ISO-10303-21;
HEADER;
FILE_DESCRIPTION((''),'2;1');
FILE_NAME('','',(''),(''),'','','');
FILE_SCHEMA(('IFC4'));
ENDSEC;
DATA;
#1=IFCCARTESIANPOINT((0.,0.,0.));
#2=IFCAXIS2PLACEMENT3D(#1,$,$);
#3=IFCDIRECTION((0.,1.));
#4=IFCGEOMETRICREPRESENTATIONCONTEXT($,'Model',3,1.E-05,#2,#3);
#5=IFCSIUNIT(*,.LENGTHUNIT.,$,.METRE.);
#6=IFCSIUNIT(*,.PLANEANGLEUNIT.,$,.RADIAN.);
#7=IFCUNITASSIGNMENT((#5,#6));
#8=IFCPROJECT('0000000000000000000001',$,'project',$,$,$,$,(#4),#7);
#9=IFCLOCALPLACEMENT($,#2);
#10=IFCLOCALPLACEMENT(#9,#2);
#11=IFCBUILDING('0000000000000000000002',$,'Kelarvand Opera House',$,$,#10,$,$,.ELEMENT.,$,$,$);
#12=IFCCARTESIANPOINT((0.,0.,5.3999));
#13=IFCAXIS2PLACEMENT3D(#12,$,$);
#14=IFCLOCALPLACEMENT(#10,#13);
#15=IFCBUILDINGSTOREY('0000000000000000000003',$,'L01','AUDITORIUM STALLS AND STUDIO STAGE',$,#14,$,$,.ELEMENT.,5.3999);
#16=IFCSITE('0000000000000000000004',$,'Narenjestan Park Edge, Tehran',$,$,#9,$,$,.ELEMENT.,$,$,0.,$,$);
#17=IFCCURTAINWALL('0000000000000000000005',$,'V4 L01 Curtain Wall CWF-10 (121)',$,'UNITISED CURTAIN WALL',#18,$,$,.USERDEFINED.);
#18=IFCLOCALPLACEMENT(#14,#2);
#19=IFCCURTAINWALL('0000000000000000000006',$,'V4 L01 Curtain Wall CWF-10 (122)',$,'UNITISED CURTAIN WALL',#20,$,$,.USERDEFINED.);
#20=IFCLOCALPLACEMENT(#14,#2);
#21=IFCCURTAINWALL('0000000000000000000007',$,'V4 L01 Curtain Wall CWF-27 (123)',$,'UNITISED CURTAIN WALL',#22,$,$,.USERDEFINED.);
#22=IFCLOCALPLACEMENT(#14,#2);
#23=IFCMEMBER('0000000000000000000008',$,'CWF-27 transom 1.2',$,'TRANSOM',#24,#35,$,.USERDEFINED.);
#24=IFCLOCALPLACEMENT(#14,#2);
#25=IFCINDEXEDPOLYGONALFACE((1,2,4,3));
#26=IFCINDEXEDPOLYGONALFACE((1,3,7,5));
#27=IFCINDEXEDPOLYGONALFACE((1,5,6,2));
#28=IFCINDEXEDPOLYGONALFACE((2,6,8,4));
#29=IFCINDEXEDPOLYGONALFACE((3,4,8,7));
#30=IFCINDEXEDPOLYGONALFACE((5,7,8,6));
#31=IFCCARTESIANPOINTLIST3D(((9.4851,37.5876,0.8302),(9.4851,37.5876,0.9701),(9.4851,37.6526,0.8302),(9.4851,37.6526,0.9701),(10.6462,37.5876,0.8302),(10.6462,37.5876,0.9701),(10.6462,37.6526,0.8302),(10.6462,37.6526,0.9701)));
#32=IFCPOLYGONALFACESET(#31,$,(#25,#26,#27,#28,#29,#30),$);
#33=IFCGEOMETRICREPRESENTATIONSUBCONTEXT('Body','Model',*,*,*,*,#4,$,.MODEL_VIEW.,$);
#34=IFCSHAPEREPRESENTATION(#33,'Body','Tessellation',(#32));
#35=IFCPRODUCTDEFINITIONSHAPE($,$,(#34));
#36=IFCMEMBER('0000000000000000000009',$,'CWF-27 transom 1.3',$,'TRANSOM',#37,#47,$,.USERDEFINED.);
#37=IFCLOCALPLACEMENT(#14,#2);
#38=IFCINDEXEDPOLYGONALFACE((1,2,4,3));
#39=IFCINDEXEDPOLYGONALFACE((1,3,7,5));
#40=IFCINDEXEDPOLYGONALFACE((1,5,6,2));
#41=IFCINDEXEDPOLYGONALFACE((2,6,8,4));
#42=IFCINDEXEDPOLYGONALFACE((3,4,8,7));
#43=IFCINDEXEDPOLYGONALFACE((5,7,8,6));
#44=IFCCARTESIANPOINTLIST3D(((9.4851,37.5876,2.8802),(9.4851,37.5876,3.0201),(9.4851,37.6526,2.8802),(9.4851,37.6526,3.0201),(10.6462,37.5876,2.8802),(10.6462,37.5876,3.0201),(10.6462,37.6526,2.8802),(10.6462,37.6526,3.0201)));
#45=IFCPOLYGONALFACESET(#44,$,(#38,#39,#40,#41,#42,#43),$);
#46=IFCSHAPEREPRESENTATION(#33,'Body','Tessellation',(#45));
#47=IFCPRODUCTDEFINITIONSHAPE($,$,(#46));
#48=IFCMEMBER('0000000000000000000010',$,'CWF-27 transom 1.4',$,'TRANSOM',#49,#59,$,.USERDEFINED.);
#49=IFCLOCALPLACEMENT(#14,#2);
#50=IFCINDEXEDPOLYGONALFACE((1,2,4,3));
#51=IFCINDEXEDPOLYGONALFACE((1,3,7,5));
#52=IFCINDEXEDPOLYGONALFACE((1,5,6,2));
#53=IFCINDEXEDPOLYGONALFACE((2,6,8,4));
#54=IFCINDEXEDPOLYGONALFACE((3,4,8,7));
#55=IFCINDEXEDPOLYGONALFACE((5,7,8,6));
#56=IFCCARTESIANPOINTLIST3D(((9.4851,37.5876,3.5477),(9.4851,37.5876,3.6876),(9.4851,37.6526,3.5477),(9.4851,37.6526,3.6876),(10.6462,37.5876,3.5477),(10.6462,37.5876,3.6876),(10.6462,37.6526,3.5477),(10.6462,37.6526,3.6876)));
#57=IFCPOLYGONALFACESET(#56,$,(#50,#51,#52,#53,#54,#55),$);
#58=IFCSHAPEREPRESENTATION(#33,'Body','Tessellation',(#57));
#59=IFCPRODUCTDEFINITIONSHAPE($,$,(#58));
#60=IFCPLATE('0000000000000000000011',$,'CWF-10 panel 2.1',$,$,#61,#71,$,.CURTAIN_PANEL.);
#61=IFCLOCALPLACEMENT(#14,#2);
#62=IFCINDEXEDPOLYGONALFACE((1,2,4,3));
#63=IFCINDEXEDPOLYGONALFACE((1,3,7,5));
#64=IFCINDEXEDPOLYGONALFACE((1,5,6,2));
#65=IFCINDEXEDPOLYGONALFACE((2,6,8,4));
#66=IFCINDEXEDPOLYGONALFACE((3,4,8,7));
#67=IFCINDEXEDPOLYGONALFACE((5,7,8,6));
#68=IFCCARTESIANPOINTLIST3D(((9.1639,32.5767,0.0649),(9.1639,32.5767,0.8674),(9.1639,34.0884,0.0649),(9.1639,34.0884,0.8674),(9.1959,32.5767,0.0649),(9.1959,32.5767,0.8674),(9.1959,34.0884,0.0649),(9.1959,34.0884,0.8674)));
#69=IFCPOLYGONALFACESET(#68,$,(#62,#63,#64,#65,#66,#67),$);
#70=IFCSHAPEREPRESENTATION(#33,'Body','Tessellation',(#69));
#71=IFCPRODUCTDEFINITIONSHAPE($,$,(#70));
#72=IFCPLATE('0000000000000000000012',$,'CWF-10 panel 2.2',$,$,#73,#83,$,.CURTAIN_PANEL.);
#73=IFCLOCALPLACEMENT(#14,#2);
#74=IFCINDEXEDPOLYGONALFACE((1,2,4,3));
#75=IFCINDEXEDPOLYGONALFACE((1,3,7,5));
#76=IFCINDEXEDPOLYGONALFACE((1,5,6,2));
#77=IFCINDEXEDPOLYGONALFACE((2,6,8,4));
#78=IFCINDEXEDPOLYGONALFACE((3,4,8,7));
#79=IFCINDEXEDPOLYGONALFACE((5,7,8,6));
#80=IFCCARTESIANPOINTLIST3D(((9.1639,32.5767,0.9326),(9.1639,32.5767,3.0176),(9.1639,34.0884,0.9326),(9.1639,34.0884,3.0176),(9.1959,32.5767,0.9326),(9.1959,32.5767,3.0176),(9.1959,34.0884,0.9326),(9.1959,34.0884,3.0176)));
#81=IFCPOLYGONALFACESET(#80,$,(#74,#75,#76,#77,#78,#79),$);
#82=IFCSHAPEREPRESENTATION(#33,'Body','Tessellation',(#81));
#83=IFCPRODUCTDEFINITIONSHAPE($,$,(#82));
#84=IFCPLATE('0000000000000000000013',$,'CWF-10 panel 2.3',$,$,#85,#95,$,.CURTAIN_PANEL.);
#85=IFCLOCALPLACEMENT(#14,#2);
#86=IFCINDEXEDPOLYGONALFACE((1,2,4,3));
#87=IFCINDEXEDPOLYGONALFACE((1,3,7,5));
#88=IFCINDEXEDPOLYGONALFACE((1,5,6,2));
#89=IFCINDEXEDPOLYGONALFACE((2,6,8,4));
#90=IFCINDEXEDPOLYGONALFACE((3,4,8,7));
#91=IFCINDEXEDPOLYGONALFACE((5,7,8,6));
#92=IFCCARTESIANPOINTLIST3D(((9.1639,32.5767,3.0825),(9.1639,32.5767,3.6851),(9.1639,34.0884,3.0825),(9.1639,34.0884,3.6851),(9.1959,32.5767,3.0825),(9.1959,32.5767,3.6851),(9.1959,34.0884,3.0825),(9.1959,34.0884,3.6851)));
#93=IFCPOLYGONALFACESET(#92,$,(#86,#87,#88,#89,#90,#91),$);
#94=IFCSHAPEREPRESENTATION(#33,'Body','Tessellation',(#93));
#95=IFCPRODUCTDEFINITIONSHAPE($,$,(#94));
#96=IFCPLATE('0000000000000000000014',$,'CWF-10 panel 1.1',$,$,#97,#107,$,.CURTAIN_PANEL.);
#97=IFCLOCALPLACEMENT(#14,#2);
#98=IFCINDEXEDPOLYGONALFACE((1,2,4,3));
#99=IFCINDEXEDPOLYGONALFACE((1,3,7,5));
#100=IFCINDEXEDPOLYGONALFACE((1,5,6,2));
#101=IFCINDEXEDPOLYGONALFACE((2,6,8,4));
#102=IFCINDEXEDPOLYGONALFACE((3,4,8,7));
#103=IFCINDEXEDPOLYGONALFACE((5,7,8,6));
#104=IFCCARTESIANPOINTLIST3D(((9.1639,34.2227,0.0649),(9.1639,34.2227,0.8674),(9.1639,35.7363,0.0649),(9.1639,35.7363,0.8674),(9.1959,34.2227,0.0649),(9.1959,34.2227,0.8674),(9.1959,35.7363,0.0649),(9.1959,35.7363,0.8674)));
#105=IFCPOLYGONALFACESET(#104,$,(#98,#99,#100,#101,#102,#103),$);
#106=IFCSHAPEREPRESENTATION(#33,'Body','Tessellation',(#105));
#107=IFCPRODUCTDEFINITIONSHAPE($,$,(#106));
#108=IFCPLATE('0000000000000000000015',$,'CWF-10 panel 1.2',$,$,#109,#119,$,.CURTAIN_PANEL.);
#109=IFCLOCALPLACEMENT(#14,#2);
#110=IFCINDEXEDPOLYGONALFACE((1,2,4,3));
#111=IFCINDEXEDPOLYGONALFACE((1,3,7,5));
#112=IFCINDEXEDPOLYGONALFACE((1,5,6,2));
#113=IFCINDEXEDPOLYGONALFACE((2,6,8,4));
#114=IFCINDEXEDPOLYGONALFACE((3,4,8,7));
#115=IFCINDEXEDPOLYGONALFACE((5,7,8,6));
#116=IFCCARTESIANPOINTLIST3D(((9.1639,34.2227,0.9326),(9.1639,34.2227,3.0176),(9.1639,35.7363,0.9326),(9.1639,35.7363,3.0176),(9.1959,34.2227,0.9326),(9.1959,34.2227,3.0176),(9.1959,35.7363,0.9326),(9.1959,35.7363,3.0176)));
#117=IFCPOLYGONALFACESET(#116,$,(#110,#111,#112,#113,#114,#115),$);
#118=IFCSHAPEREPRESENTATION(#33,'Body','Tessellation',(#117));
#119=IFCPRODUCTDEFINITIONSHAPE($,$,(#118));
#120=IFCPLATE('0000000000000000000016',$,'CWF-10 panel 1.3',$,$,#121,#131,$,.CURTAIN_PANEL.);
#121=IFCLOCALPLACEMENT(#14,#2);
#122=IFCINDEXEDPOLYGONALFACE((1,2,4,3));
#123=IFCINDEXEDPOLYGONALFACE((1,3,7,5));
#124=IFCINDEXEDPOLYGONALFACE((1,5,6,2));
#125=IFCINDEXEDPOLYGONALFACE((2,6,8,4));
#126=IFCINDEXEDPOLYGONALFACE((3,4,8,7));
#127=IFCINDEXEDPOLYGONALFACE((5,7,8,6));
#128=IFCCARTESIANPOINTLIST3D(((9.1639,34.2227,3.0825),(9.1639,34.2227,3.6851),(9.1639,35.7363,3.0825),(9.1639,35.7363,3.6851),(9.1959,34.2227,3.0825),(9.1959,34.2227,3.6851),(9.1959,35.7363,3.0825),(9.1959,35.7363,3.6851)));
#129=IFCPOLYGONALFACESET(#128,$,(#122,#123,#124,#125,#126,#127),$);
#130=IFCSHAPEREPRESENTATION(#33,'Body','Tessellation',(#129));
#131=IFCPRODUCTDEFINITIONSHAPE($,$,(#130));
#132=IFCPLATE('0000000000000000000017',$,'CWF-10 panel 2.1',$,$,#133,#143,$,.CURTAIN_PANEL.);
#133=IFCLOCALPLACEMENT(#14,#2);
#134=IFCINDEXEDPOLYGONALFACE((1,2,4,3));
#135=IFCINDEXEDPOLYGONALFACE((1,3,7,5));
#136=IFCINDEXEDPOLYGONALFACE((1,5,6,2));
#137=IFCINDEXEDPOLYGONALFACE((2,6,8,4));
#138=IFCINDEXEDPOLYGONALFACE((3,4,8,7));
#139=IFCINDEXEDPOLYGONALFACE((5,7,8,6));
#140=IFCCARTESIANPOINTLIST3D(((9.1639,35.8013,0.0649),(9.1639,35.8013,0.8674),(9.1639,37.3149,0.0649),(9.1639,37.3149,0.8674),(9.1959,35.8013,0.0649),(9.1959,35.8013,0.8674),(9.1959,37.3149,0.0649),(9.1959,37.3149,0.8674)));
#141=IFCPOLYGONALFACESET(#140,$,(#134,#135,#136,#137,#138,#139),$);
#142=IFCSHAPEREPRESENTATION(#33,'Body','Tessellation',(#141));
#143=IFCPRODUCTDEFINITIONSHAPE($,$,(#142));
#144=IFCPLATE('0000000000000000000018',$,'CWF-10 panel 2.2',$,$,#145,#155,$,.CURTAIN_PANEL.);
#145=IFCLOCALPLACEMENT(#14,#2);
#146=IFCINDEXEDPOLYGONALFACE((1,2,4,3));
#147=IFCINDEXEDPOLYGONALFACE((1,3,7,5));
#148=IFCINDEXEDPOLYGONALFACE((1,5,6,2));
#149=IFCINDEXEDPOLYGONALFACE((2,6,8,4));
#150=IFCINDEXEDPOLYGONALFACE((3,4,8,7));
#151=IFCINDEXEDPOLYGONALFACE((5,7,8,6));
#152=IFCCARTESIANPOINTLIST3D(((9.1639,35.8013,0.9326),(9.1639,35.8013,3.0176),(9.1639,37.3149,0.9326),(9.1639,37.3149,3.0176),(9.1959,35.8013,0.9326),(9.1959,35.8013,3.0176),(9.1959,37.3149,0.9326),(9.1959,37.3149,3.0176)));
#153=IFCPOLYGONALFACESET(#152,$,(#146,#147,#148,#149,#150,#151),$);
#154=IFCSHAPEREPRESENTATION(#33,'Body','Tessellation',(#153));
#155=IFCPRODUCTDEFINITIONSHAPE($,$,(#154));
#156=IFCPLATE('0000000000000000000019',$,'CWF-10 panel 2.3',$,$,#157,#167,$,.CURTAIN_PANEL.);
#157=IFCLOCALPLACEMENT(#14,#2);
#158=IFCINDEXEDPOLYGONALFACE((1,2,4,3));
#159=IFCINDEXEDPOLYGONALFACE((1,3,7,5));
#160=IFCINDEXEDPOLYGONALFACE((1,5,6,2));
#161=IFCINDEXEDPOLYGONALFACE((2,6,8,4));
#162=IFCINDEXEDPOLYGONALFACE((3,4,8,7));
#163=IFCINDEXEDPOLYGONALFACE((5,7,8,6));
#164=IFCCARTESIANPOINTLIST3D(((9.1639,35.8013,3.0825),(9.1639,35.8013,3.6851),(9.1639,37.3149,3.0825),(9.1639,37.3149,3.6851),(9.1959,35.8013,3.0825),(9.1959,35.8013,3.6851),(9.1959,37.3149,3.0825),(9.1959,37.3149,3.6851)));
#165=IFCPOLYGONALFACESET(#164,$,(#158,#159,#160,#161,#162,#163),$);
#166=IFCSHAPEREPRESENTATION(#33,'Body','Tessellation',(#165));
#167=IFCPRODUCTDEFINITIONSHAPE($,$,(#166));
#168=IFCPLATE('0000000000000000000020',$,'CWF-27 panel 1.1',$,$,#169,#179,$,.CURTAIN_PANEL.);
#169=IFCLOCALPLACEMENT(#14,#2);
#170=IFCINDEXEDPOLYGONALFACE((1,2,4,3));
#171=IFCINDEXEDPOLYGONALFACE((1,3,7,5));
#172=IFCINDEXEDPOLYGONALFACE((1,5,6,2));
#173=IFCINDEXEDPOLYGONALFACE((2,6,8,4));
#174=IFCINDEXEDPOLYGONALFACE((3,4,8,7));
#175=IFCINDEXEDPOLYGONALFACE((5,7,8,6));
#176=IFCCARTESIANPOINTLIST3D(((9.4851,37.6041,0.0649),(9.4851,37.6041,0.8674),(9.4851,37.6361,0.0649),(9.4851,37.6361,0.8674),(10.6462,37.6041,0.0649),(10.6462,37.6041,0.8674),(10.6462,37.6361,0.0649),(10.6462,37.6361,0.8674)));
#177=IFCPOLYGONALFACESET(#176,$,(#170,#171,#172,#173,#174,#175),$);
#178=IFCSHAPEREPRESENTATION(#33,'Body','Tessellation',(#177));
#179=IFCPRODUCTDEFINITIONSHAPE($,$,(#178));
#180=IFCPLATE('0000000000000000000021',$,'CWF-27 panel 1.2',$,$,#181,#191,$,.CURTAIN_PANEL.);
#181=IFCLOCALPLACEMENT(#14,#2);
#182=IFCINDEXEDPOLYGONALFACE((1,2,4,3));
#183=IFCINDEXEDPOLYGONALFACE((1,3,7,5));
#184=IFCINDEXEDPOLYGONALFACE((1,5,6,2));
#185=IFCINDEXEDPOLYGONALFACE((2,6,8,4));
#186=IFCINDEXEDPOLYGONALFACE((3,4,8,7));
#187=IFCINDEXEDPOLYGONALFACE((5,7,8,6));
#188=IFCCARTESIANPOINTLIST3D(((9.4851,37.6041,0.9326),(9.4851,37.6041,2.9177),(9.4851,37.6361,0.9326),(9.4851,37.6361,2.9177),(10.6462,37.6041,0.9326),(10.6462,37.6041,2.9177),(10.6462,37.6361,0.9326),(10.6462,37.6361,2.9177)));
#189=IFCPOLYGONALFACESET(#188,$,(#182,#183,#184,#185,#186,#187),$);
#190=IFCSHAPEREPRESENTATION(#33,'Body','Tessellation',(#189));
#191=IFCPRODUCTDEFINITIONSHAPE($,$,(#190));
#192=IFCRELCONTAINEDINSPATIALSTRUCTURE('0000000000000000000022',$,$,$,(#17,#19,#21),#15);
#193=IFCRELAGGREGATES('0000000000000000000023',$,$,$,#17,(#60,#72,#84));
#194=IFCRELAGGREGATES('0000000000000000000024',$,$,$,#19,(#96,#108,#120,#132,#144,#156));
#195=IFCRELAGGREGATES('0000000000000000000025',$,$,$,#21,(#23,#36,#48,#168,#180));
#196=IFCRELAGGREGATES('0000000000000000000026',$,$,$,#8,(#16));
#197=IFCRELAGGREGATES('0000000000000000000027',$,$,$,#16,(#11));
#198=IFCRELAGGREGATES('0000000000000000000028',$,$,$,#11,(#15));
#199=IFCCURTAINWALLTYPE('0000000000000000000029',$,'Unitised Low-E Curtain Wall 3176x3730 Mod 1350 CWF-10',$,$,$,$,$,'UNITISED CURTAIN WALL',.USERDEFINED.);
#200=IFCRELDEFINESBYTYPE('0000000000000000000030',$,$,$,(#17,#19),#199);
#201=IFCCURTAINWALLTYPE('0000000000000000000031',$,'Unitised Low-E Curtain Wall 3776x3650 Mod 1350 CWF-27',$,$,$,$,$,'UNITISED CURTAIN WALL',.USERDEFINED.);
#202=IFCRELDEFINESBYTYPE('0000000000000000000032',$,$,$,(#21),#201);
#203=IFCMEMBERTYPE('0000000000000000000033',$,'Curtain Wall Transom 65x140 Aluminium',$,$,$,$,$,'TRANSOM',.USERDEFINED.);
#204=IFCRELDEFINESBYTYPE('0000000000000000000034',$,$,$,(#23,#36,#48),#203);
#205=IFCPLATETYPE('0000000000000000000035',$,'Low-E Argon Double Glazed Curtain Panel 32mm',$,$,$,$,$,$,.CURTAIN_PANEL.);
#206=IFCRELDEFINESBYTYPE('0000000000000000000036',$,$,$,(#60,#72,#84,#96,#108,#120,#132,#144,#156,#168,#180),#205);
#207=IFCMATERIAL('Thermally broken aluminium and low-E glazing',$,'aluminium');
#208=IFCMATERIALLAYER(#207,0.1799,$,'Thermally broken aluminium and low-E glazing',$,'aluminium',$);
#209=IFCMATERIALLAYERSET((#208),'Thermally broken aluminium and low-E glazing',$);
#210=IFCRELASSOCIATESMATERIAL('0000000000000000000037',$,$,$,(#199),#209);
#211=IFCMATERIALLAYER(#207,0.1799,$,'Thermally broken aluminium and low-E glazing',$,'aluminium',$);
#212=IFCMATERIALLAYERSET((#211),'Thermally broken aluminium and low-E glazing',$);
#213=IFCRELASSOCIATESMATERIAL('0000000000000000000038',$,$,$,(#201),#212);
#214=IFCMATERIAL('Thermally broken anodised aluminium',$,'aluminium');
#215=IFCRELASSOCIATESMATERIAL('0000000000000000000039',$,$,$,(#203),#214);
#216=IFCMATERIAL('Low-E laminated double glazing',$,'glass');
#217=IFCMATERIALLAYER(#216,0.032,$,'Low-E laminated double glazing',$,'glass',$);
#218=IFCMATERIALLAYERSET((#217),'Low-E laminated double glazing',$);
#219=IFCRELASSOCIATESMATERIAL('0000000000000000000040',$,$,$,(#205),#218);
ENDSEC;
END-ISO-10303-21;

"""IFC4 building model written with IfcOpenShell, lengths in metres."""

from ifc_helpers import new_model, si_unit, direction, frame, origin, origin_2d, place, context, subcontext, project, spatial, rectangle, extrude, material, layer, layer_set, material_profile, profile_set, type_object, element, aggregate, save


model = new_model("IFC4")

# Units and contexts
model_context = context("Model", 3, precision=1e-05, world=origin(), true_north=direction((0.0, 1.0)))
body_context = subcontext(model_context, "Body", "Model", "MODEL_VIEW")
ifc_project = project(units=[si_unit("LENGTHUNIT", "METRE"), si_unit("PLANEANGLEUNIT", "RADIAN")], contexts=[model_context])

# Site, building, storey
site_placement = place(None, origin())
site = spatial("IfcSite", under=ifc_project, at=site_placement, Name="Narenjestan Park Edge, Tehran", CompositionType="ELEMENT", RefElevation=0.0)
building_placement = place(site_placement, origin())
building = spatial("IfcBuilding", under=site, at=building_placement, Name="Kelarvand Opera House", CompositionType="ELEMENT")
storey_placement = place(building_placement, frame((0.0, 0.0, 5.3999)))
storey = spatial("IfcBuildingStorey", under=building, at=storey_placement, Name="L01", Description="AUDITORIUM STALLS AND STUDIO STAGE", CompositionType="ELEMENT", Elevation=5.3999)

# Curtain wall
ifc_material_1 = material(Name="Thermally broken aluminium and low-E glazing", Category="aluminium")
ifc_layer_1 = layer(ifc_material_1, 0.1799, Name="Thermally broken aluminium and low-E glazing", Category="aluminium")
ifc_layer_set_1 = layer_set([ifc_layer_1], Name="Thermally broken aluminium and low-E glazing")
curtain_wall_type_1 = type_object("IfcCurtainWallType", Name="Unitised Low-E Curtain Wall 3176x3730 Mod 1350 CWF-10", ElementType="UNITISED CURTAIN WALL", PredefinedType="USERDEFINED", material=ifc_layer_set_1)
curtain_wall_1_placement = place(storey_placement, origin())
curtain_wall_1 = element("IfcCurtainWall", 1, at=curtain_wall_1_placement, inside=storey, type_object=curtain_wall_type_1, Name="V4 L01 Curtain Wall CWF-10 (121)", ObjectType="UNITISED CURTAIN WALL", PredefinedType="USERDEFINED")
ifc_material_2 = material(Name="Thermally broken anodised aluminium", Category="aluminium")

# Curtain wall
curtain_wall_2_placement = place(storey_placement, origin())
curtain_wall_2 = element("IfcCurtainWall", 2, at=curtain_wall_2_placement, inside=storey, type_object=curtain_wall_type_1, Name="V4 L01 Curtain Wall CWF-10 (122)", ObjectType="UNITISED CURTAIN WALL", PredefinedType="USERDEFINED")

# Curtain wall
ifc_layer_2 = layer(ifc_material_1, 0.1799, Name="Thermally broken aluminium and low-E glazing", Category="aluminium")
ifc_layer_set_2 = layer_set([ifc_layer_2], Name="Thermally broken aluminium and low-E glazing")
curtain_wall_type_2 = type_object("IfcCurtainWallType", Name="Unitised Low-E Curtain Wall 3776x3650 Mod 1350 CWF-27", ElementType="UNITISED CURTAIN WALL", PredefinedType="USERDEFINED", material=ifc_layer_set_2)
curtain_wall_3_placement = place(storey_placement, origin())
curtain_wall_3 = element("IfcCurtainWall", 3, at=curtain_wall_3_placement, inside=storey, type_object=curtain_wall_type_2, Name="V4 L01 Curtain Wall CWF-27 (123)", ObjectType="UNITISED CURTAIN WALL", PredefinedType="USERDEFINED")

# Members
ifc_material_profile_1 = material_profile(ifc_material_2, rectangle(XDim=0.0649, YDim=0.1399, at=origin_2d()), Name="ALU TRANSOM 65x140", Category="aluminium")
ifc_profile_set_1 = profile_set([ifc_material_profile_1], Name="Thermally broken anodised aluminium")
member_type_1 = type_object("IfcMemberType", Name="Curtain Wall Transom 65x140 Aluminium", ElementType="TRANSOM", PredefinedType="USERDEFINED", material=ifc_profile_set_1)
member_1_placement = place(storey_placement, frame((9.4851, 37.6201, 0.9001), z_axis=(1.0, 0.0, 0.0), x_axis=(0.0, 1.0, 0.0)))
member_1 = element("IfcMember", 4, at=member_1_placement, type_object=member_type_1, Name="CWF-27 transom 1.2", ObjectType="TRANSOM", PredefinedType="USERDEFINED", context=body_context, shape_type="SweptSolid", body=[
    extrude(rectangle(XDim=0.0649, YDim=0.1399, at=origin_2d()), origin(), (0.0, 0.0, 1.0), 1.1611),
])
member_2_placement = place(storey_placement, frame((9.4851, 37.6201, 2.9502), z_axis=(1.0, 0.0, 0.0), x_axis=(0.0, 1.0, 0.0)))
member_2 = element("IfcMember", 5, at=member_2_placement, type_object=member_type_1, Name="CWF-27 transom 1.3", ObjectType="TRANSOM", PredefinedType="USERDEFINED", context=body_context, shape_type="SweptSolid", body=[
    extrude(rectangle(XDim=0.0649, YDim=0.1399, at=origin_2d()), origin(), (0.0, 0.0, 1.0), 1.1611),
])
member_3_placement = place(storey_placement, frame((9.4851, 37.6201, 3.6177), z_axis=(1.0, 0.0, 0.0), x_axis=(0.0, 1.0, 0.0)))
member_3 = element("IfcMember", 6, at=member_3_placement, type_object=member_type_1, Name="CWF-27 transom 1.4", ObjectType="TRANSOM", PredefinedType="USERDEFINED", context=body_context, shape_type="SweptSolid", body=[
    extrude(rectangle(XDim=0.0649, YDim=0.1399, at=origin_2d()), origin(), (0.0, 0.0, 1.0), 1.1611),
])

# Plates
ifc_material_3 = material(Name="Low-E laminated double glazing", Category="glass")
ifc_layer_3 = layer(ifc_material_3, 0.032, Name="Low-E laminated double glazing", Category="glass")
ifc_layer_set_3 = layer_set([ifc_layer_3], Name="Low-E laminated double glazing")
plate_type = type_object("IfcPlateType", Name="Low-E Argon Double Glazed Curtain Panel 32mm", PredefinedType="CURTAIN_PANEL", material=ifc_layer_set_3)
plate_1_placement = place(storey_placement, frame((9.1799, 33.3325, 0.0649), z_axis=(0.0, 0.0, 1.0), x_axis=(0.0, 1.0, 0.0)))
plate_1 = element("IfcPlate", 7, at=plate_1_placement, type_object=plate_type, Name="CWF-10 panel 2.1", PredefinedType="CURTAIN_PANEL", context=body_context, shape_type="SweptSolid", body=[
    extrude(rectangle(XDim=1.5117, YDim=0.032, at=origin_2d()), origin(), (0.0, 0.0, 1.0), 0.8025),
])
plate_2_placement = place(storey_placement, frame((9.1799, 33.3325, 0.9326), z_axis=(0.0, 0.0, 1.0), x_axis=(0.0, 1.0, 0.0)))
plate_2 = element("IfcPlate", 8, at=plate_2_placement, type_object=plate_type, Name="CWF-10 panel 2.2", PredefinedType="CURTAIN_PANEL", context=body_context, shape_type="SweptSolid", body=[
    extrude(rectangle(XDim=1.5117, YDim=0.032, at=origin_2d()), origin(), (0.0, 0.0, 1.0), 2.085),
])
plate_3_placement = place(storey_placement, frame((9.1799, 33.3325, 3.0825), z_axis=(0.0, 0.0, 1.0), x_axis=(0.0, 1.0, 0.0)))
plate_3 = element("IfcPlate", 9, at=plate_3_placement, type_object=plate_type, Name="CWF-10 panel 2.3", PredefinedType="CURTAIN_PANEL", context=body_context, shape_type="SweptSolid", body=[
    extrude(rectangle(XDim=1.5117, YDim=0.032, at=origin_2d()), origin(), (0.0, 0.0, 1.0), 0.6025),
])
aggregate(curtain_wall_1, [plate_1, plate_2, plate_3])
plate_4_placement = place(storey_placement, frame((9.1799, 34.9795, 0.0649), z_axis=(0.0, 0.0, 1.0), x_axis=(0.0, 1.0, 0.0)))
plate_4 = element("IfcPlate", 10, at=plate_4_placement, type_object=plate_type, Name="CWF-10 panel 1.1", PredefinedType="CURTAIN_PANEL", context=body_context, shape_type="SweptSolid", body=[
    extrude(rectangle(XDim=1.5137, YDim=0.032, at=origin_2d()), origin(), (0.0, 0.0, 1.0), 0.8025),
])
plate_5_placement = place(storey_placement, frame((9.1799, 34.9795, 0.9326), z_axis=(0.0, 0.0, 1.0), x_axis=(0.0, 1.0, 0.0)))
plate_5 = element("IfcPlate", 11, at=plate_5_placement, type_object=plate_type, Name="CWF-10 panel 1.2", PredefinedType="CURTAIN_PANEL", context=body_context, shape_type="SweptSolid", body=[
    extrude(rectangle(XDim=1.5137, YDim=0.032, at=origin_2d()), origin(), (0.0, 0.0, 1.0), 2.085),
])
plate_6_placement = place(storey_placement, frame((9.1799, 34.9795, 3.0825), z_axis=(0.0, 0.0, 1.0), x_axis=(0.0, 1.0, 0.0)))
plate_6 = element("IfcPlate", 12, at=plate_6_placement, type_object=plate_type, Name="CWF-10 panel 1.3", PredefinedType="CURTAIN_PANEL", context=body_context, shape_type="SweptSolid", body=[
    extrude(rectangle(XDim=1.5137, YDim=0.032, at=origin_2d()), origin(), (0.0, 0.0, 1.0), 0.6025),
])
plate_7_placement = place(storey_placement, frame((9.1799, 36.5581, 0.0649), z_axis=(0.0, 0.0, 1.0), x_axis=(0.0, 1.0, 0.0)))
plate_7 = element("IfcPlate", 13, at=plate_7_placement, type_object=plate_type, Name="CWF-10 panel 2.1", PredefinedType="CURTAIN_PANEL", context=body_context, shape_type="SweptSolid", body=[
    extrude(rectangle(XDim=1.5137, YDim=0.032, at=origin_2d()), origin(), (0.0, 0.0, 1.0), 0.8025),
])
plate_8_placement = place(storey_placement, frame((9.1799, 36.5581, 0.9326), z_axis=(0.0, 0.0, 1.0), x_axis=(0.0, 1.0, 0.0)))
plate_8 = element("IfcPlate", 14, at=plate_8_placement, type_object=plate_type, Name="CWF-10 panel 2.2", PredefinedType="CURTAIN_PANEL", context=body_context, shape_type="SweptSolid", body=[
    extrude(rectangle(XDim=1.5137, YDim=0.032, at=origin_2d()), origin(), (0.0, 0.0, 1.0), 2.085),
])
plate_9_placement = place(storey_placement, frame((9.1799, 36.5581, 3.0825), z_axis=(0.0, 0.0, 1.0), x_axis=(0.0, 1.0, 0.0)))
plate_9 = element("IfcPlate", 15, at=plate_9_placement, type_object=plate_type, Name="CWF-10 panel 2.3", PredefinedType="CURTAIN_PANEL", context=body_context, shape_type="SweptSolid", body=[
    extrude(rectangle(XDim=1.5137, YDim=0.032, at=origin_2d()), origin(), (0.0, 0.0, 1.0), 0.6025),
])
aggregate(curtain_wall_2, [plate_4, plate_5, plate_6, plate_7, plate_8, plate_9])
plate_10_placement = place(storey_placement, frame((10.0657, 37.6201, 0.0649), z_axis=(0.0, 0.0, 1.0), x_axis=(1.0, 0.0, 0.0)))
plate_10 = element("IfcPlate", 16, at=plate_10_placement, type_object=plate_type, Name="CWF-27 panel 1.1", PredefinedType="CURTAIN_PANEL", context=body_context, shape_type="SweptSolid", body=[
    extrude(rectangle(XDim=1.1611, YDim=0.032, at=origin_2d()), origin(), (0.0, 0.0, 1.0), 0.8025),
])
plate_11_placement = place(storey_placement, frame((10.0657, 37.6201, 0.9326), z_axis=(0.0, 0.0, 1.0), x_axis=(1.0, 0.0, 0.0)))
plate_11 = element("IfcPlate", 17, at=plate_11_placement, type_object=plate_type, Name="CWF-27 panel 1.2", PredefinedType="CURTAIN_PANEL", context=body_context, shape_type="SweptSolid", body=[
    extrude(rectangle(XDim=1.1611, YDim=0.032, at=origin_2d()), origin(), (0.0, 0.0, 1.0), 1.9851),
])
aggregate(curtain_wall_3, [member_1, member_2, member_3, plate_10, plate_11])

save(model, "model.ifc")
